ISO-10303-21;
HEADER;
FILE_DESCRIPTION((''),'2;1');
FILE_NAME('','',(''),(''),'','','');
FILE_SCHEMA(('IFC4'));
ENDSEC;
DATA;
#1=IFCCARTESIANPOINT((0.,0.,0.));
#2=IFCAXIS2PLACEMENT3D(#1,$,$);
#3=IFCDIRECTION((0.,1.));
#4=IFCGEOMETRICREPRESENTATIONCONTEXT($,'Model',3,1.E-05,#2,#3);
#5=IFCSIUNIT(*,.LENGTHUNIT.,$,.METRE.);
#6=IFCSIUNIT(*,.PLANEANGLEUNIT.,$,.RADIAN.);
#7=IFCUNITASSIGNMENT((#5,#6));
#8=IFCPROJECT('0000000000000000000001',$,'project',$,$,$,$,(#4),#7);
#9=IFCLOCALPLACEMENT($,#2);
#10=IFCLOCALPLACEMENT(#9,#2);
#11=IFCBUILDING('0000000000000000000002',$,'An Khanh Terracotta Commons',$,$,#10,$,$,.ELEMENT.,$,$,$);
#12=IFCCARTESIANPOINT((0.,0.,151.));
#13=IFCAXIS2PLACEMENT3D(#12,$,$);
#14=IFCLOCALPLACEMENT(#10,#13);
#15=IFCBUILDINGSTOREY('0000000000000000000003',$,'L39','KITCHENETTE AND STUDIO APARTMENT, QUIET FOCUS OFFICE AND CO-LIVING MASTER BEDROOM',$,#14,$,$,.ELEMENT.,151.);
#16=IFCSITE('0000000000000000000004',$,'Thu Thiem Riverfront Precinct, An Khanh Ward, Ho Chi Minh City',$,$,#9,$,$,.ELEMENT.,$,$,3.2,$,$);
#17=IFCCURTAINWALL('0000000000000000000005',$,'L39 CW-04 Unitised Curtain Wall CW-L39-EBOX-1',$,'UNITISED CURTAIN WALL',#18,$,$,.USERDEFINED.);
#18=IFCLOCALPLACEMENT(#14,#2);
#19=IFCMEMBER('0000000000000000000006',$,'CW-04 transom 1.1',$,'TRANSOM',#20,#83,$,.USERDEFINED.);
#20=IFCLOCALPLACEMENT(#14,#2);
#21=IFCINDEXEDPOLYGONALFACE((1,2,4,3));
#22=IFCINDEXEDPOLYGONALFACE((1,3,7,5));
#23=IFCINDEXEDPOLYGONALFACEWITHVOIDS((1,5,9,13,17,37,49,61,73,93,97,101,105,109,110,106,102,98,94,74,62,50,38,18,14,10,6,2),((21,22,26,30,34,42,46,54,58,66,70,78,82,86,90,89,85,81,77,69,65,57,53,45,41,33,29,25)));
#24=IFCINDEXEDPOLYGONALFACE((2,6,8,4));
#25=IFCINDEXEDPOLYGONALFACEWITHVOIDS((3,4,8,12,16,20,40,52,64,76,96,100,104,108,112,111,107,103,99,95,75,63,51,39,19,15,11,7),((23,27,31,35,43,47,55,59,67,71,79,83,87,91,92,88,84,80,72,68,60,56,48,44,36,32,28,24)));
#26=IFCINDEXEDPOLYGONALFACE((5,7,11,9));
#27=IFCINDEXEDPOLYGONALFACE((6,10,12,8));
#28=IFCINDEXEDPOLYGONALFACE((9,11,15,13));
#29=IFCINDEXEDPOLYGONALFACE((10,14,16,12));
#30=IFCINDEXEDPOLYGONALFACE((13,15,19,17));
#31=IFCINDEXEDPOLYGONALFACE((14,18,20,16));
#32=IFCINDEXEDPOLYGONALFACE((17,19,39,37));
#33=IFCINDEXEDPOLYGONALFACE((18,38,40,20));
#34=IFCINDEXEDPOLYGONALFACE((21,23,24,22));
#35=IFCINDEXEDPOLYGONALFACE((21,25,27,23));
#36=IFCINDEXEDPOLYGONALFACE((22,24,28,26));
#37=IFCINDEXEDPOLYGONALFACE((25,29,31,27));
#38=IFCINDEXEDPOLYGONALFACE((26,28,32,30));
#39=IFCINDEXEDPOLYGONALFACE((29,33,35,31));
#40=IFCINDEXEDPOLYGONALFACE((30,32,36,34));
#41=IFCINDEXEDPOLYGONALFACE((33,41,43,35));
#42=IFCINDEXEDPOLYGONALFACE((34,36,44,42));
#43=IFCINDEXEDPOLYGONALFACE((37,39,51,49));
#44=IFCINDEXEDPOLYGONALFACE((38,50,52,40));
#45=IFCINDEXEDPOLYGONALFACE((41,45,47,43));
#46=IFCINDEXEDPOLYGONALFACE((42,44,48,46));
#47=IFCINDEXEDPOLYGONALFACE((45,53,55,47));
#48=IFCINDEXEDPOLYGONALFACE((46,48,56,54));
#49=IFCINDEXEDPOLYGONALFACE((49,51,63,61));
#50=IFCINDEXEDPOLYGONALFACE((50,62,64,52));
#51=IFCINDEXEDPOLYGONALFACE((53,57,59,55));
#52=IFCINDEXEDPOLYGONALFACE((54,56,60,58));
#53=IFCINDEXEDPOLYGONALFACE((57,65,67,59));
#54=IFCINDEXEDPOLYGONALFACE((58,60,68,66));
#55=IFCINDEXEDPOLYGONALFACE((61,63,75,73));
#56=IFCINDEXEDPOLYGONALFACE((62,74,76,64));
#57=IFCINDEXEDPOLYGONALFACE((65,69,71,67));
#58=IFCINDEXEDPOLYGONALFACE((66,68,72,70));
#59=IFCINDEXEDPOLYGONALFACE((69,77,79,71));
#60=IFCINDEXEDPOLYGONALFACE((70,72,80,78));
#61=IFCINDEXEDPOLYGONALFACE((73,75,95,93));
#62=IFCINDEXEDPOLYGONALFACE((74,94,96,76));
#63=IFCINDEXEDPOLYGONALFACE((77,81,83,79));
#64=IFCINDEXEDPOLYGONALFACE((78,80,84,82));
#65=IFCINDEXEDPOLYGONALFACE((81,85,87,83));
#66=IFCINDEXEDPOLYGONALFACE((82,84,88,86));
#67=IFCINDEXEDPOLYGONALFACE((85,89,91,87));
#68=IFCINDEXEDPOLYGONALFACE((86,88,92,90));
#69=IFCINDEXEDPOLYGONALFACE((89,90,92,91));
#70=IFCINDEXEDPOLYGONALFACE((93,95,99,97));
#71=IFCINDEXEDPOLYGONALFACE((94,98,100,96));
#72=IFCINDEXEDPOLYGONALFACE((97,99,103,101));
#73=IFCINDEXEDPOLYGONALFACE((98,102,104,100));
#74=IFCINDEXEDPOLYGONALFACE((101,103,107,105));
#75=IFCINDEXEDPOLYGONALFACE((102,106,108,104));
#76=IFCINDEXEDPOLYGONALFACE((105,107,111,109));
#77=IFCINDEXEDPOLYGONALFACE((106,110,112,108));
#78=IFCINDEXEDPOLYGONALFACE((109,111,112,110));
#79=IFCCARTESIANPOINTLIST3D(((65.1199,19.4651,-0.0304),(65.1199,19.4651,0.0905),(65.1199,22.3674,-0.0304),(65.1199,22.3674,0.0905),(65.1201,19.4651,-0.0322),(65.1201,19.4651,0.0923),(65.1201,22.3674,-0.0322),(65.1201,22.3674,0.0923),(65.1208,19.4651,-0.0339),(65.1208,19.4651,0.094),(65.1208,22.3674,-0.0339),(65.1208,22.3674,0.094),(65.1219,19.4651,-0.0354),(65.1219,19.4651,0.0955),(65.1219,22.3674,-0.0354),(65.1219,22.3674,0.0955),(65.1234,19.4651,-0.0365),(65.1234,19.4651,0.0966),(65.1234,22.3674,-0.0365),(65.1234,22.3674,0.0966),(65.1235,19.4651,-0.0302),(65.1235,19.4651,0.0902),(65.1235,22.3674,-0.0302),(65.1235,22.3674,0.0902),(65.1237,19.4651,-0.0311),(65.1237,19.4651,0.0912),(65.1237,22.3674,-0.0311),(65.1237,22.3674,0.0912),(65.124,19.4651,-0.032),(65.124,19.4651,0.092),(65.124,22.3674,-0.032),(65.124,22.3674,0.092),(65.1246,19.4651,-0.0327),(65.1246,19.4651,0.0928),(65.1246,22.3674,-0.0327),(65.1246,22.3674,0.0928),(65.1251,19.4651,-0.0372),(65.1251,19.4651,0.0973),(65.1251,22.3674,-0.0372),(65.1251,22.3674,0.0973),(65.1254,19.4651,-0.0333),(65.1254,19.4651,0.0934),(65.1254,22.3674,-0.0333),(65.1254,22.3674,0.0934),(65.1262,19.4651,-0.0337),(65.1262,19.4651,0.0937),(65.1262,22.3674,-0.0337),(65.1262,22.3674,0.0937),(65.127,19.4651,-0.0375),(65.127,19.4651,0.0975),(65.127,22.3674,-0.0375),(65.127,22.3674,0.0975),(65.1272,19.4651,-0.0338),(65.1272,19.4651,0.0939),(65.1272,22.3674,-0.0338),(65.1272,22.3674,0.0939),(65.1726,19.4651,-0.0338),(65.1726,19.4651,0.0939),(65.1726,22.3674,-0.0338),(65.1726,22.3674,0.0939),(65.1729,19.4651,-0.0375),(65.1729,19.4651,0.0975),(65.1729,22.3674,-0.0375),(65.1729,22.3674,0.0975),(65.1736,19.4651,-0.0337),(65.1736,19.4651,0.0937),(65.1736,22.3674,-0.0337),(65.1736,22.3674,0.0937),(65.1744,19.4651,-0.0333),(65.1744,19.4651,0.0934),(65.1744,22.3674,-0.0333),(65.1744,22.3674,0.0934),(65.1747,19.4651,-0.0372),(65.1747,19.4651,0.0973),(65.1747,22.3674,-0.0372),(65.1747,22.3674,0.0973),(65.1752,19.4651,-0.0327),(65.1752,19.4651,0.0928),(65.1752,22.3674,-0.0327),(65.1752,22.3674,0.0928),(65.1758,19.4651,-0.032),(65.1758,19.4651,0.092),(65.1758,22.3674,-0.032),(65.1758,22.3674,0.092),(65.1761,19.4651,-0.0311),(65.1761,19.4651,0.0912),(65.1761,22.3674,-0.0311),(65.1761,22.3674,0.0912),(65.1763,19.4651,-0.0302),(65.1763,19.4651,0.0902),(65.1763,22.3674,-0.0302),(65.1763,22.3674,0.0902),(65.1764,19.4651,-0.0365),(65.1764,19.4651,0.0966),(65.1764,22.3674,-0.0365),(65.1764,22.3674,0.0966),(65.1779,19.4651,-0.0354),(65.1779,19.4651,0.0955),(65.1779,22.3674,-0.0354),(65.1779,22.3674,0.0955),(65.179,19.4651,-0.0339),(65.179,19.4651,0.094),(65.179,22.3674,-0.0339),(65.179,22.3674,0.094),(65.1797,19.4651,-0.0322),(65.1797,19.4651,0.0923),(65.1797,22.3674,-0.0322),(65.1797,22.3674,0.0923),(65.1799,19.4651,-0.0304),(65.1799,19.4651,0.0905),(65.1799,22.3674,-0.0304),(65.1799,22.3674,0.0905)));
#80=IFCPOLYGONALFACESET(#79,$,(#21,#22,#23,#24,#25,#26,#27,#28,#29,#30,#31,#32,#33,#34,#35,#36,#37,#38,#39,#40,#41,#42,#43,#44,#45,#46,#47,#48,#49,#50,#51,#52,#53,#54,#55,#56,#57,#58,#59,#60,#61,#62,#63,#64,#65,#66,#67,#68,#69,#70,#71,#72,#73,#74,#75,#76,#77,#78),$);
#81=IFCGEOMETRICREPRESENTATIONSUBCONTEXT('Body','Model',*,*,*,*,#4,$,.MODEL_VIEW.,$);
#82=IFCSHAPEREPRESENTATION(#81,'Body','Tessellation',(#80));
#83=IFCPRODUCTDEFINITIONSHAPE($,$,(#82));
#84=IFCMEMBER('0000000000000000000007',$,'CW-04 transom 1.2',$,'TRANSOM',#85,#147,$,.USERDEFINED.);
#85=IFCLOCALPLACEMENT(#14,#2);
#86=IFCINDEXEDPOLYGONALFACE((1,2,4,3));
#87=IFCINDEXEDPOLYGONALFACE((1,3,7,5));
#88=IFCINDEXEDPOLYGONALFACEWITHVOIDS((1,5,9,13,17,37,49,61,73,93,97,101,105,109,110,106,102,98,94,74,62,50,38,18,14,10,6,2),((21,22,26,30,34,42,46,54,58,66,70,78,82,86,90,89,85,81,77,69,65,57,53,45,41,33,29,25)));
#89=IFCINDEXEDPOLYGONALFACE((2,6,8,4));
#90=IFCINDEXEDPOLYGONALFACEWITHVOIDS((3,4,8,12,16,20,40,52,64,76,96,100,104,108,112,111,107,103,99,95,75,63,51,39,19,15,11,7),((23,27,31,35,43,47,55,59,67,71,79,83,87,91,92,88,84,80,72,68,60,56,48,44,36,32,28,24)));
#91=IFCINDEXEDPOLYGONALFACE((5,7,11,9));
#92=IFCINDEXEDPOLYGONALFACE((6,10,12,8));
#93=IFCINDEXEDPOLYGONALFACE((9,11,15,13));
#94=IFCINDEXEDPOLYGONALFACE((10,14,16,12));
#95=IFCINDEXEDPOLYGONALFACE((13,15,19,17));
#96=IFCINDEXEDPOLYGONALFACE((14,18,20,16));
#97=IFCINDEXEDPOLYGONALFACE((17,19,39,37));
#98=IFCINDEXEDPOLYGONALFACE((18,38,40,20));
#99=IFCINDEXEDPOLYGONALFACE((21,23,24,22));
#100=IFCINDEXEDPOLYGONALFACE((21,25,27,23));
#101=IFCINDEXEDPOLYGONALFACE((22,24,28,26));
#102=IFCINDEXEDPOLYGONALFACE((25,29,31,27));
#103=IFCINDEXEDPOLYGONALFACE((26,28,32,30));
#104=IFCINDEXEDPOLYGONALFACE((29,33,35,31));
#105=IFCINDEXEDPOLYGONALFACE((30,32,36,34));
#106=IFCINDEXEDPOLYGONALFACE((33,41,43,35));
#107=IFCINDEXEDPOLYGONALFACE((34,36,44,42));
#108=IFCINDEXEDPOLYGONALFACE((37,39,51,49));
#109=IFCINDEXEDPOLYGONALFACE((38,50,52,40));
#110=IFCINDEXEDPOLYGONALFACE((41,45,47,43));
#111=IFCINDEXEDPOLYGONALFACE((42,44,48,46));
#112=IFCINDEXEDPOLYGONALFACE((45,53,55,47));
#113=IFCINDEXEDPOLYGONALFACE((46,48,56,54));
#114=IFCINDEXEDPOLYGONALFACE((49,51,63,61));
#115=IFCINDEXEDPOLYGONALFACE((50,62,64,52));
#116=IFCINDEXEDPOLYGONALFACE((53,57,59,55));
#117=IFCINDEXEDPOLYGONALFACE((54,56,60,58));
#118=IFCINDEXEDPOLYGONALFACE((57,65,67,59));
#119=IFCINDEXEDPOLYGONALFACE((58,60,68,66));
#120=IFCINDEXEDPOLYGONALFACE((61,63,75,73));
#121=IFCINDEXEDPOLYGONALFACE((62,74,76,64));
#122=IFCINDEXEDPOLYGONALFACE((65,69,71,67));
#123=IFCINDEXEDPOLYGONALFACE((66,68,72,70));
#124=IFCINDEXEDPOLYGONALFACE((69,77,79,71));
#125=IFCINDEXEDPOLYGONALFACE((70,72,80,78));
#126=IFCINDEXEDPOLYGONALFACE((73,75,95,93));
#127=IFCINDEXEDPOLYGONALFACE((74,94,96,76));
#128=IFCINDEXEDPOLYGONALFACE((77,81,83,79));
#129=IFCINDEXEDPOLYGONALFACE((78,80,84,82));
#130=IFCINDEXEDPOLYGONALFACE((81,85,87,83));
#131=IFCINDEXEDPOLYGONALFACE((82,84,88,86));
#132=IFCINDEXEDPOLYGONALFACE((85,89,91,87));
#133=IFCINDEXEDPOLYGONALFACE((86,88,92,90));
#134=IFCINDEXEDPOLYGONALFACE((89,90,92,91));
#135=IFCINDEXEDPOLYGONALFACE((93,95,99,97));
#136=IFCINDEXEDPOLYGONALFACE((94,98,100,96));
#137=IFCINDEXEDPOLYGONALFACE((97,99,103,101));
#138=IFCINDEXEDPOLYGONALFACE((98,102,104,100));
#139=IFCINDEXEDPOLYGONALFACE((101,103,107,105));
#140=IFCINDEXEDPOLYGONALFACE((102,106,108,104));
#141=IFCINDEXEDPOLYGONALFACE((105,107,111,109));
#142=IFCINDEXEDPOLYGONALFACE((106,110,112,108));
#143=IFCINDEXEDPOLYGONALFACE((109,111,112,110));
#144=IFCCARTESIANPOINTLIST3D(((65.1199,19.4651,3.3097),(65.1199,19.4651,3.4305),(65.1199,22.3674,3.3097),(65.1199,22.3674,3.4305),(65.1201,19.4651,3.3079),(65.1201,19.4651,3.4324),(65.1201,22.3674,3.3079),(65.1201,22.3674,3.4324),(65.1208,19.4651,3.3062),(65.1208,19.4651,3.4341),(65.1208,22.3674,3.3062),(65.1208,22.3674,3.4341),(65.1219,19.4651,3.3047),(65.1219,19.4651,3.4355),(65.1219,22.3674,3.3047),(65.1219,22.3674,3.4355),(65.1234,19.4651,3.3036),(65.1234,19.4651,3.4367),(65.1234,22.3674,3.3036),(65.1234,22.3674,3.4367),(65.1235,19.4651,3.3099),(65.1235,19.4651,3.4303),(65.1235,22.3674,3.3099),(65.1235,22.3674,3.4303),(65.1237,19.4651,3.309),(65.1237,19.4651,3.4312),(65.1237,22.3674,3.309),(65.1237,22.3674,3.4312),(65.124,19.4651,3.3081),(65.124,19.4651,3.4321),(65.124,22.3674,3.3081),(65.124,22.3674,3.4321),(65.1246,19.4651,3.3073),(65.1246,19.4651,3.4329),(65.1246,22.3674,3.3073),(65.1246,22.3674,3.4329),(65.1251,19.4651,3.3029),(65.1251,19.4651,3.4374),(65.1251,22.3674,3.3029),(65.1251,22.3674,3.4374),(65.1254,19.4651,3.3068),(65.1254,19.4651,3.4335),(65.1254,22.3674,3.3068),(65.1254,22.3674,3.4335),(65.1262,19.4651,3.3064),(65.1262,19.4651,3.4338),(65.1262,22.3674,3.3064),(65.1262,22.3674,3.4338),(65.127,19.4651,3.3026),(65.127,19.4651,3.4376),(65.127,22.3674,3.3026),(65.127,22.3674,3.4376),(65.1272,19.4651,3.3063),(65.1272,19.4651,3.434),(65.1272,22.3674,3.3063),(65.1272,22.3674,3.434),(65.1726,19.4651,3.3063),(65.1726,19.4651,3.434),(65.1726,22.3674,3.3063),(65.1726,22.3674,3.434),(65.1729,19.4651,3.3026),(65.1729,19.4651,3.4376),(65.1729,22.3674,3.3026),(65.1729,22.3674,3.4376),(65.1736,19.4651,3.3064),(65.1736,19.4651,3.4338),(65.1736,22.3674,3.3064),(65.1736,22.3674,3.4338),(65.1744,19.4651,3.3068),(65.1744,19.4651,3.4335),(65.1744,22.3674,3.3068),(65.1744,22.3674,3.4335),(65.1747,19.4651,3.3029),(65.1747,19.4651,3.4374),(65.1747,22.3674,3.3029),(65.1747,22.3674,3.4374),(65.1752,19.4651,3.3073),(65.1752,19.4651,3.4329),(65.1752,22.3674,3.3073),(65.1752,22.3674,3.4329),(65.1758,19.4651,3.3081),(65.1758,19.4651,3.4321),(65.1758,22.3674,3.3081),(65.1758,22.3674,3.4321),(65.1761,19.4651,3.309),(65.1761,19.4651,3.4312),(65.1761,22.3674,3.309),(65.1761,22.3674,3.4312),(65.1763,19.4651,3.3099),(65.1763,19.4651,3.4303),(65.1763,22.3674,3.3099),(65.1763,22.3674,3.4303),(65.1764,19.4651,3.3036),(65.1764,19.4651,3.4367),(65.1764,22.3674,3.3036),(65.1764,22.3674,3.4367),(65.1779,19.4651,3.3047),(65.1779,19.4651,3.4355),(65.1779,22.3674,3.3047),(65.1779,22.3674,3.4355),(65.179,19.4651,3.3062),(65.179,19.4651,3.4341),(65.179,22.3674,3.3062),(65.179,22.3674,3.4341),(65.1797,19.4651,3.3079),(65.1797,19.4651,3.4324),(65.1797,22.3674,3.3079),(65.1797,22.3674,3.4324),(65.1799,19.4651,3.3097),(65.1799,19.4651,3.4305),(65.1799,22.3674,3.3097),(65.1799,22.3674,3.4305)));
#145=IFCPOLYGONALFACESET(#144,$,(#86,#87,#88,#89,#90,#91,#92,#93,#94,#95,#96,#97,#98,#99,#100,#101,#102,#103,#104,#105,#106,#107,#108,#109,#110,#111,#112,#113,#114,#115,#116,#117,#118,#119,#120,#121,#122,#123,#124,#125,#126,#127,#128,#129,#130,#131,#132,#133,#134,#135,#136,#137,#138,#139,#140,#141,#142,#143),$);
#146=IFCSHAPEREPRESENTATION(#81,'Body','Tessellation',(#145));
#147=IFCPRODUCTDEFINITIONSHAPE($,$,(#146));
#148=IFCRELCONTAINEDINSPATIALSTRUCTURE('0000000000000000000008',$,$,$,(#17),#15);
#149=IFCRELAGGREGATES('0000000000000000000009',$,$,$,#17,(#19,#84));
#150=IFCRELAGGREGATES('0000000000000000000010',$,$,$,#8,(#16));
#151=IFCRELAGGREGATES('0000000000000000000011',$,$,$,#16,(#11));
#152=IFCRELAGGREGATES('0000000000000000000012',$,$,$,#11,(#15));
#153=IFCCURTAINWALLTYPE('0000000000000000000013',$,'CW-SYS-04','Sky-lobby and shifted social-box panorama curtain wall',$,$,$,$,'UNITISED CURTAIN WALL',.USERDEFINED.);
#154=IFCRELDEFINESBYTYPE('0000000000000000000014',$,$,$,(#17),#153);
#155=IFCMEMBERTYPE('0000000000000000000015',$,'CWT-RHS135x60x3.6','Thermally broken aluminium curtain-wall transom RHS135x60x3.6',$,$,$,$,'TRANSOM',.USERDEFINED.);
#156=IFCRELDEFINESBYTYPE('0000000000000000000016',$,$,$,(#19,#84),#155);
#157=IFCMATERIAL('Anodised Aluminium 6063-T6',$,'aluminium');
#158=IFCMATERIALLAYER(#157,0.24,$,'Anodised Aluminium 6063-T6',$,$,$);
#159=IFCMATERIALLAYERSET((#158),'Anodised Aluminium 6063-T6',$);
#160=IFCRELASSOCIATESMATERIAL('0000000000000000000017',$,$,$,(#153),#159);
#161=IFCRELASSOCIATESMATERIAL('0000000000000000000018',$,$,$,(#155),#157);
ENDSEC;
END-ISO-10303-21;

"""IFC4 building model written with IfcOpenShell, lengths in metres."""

from ifc_helpers import new_model, si_unit, direction, frame, origin, origin_2d, place, context, subcontext, project, spatial, hollow_rectangle, extrude, material, layer, layer_set, material_profile, profile_set, type_object, element, aggregate, save


model = new_model("IFC4")

# Units and contexts
model_context = context("Model", 3, precision=1e-05, world=origin(), true_north=direction((0.0, 1.0)))
body_context = subcontext(model_context, "Body", "Model", "MODEL_VIEW")
ifc_project = project(units=[si_unit("LENGTHUNIT", "METRE"), si_unit("PLANEANGLEUNIT", "RADIAN")], contexts=[model_context])

# Site, building, storey
site_placement = place(None, origin())
site = spatial("IfcSite", under=ifc_project, at=site_placement, Name="Thu Thiem Riverfront Precinct, An Khanh Ward, Ho Chi Minh City", CompositionType="ELEMENT", RefElevation=3.2)
building_placement = place(site_placement, origin())
building = spatial("IfcBuilding", under=site, at=building_placement, Name="An Khanh Terracotta Commons", CompositionType="ELEMENT")
storey_placement = place(building_placement, frame((0.0, 0.0, 151.0)))
storey = spatial("IfcBuildingStorey", under=building, at=storey_placement, Name="L39", Description="KITCHENETTE AND STUDIO APARTMENT, QUIET FOCUS OFFICE AND CO-LIVING MASTER BEDROOM", CompositionType="ELEMENT", Elevation=151.0)

# Curtain wall
ifc_material_1 = material(Name="Anodised Aluminium 6063-T6", Category="aluminium")
ifc_layer_1 = layer(ifc_material_1, 0.24, Name="Anodised Aluminium 6063-T6")
ifc_layer_set_1 = layer_set([ifc_layer_1], Name="Anodised Aluminium 6063-T6")
curtain_wall_type_1 = type_object("IfcCurtainWallType", Name="CW-SYS-04", Description="Sky-lobby and shifted social-box panorama curtain wall", ElementType="UNITISED CURTAIN WALL", PredefinedType="USERDEFINED", material=ifc_layer_set_1)
curtain_wall_1_placement = place(storey_placement, origin())
curtain_wall_1 = element("IfcCurtainWall", 1, at=curtain_wall_1_placement, inside=storey, type_object=curtain_wall_type_1, Name="L39 CW-04 Unitised Curtain Wall CW-L39-EBOX-1", ObjectType="UNITISED CURTAIN WALL", PredefinedType="USERDEFINED")

# Members
ifc_material_profile_1 = material_profile(ifc_material_1, hollow_rectangle(XDim=0.0601, YDim=0.135, WallThickness=0.0037, InnerFilletRadius=0.0037, OuterFilletRadius=0.0071, at=origin_2d()), Name="RHS135x60x3.6")
ifc_profile_set_1 = profile_set([ifc_material_profile_1], Name="Anodised Aluminium 6063-T6")
member_type_1 = type_object("IfcMemberType", Name="CWT-RHS135x60x3.6", Description="Thermally broken aluminium curtain-wall transom RHS135x60x3.6", ElementType="TRANSOM", PredefinedType="USERDEFINED", material=ifc_profile_set_1)
member_1_placement = place(storey_placement, frame((65.1499, 19.4651, 0.03), z_axis=(0.0, 1.0, 0.0), x_axis=(-1.0, 0.0, 0.0)))
member_1 = element("IfcMember", 2, at=member_1_placement, type_object=member_type_1, Name="CW-04 transom 1.1", ObjectType="TRANSOM", PredefinedType="USERDEFINED", context=body_context, shape_type="SweptSolid", body=[
    extrude(hollow_rectangle(XDim=0.0601, YDim=0.135, WallThickness=0.0037, InnerFilletRadius=0.0037, OuterFilletRadius=0.0071, at=origin_2d()), origin(), (0.0, 0.0, 1.0), 2.9023),
])
member_2_placement = place(storey_placement, frame((65.1499, 19.4651, 3.3701), z_axis=(0.0, 1.0, 0.0), x_axis=(-1.0, 0.0, 0.0)))
member_2 = element("IfcMember", 3, at=member_2_placement, type_object=member_type_1, Name="CW-04 transom 1.2", ObjectType="TRANSOM", PredefinedType="USERDEFINED", context=body_context, shape_type="SweptSolid", body=[
    extrude(hollow_rectangle(XDim=0.0601, YDim=0.135, WallThickness=0.0037, InnerFilletRadius=0.0037, OuterFilletRadius=0.0071, at=origin_2d()), origin(), (0.0, 0.0, 1.0), 2.9023),
])

aggregate(curtain_wall_1, [member_1, member_2])

save(model, "model.ifc")
